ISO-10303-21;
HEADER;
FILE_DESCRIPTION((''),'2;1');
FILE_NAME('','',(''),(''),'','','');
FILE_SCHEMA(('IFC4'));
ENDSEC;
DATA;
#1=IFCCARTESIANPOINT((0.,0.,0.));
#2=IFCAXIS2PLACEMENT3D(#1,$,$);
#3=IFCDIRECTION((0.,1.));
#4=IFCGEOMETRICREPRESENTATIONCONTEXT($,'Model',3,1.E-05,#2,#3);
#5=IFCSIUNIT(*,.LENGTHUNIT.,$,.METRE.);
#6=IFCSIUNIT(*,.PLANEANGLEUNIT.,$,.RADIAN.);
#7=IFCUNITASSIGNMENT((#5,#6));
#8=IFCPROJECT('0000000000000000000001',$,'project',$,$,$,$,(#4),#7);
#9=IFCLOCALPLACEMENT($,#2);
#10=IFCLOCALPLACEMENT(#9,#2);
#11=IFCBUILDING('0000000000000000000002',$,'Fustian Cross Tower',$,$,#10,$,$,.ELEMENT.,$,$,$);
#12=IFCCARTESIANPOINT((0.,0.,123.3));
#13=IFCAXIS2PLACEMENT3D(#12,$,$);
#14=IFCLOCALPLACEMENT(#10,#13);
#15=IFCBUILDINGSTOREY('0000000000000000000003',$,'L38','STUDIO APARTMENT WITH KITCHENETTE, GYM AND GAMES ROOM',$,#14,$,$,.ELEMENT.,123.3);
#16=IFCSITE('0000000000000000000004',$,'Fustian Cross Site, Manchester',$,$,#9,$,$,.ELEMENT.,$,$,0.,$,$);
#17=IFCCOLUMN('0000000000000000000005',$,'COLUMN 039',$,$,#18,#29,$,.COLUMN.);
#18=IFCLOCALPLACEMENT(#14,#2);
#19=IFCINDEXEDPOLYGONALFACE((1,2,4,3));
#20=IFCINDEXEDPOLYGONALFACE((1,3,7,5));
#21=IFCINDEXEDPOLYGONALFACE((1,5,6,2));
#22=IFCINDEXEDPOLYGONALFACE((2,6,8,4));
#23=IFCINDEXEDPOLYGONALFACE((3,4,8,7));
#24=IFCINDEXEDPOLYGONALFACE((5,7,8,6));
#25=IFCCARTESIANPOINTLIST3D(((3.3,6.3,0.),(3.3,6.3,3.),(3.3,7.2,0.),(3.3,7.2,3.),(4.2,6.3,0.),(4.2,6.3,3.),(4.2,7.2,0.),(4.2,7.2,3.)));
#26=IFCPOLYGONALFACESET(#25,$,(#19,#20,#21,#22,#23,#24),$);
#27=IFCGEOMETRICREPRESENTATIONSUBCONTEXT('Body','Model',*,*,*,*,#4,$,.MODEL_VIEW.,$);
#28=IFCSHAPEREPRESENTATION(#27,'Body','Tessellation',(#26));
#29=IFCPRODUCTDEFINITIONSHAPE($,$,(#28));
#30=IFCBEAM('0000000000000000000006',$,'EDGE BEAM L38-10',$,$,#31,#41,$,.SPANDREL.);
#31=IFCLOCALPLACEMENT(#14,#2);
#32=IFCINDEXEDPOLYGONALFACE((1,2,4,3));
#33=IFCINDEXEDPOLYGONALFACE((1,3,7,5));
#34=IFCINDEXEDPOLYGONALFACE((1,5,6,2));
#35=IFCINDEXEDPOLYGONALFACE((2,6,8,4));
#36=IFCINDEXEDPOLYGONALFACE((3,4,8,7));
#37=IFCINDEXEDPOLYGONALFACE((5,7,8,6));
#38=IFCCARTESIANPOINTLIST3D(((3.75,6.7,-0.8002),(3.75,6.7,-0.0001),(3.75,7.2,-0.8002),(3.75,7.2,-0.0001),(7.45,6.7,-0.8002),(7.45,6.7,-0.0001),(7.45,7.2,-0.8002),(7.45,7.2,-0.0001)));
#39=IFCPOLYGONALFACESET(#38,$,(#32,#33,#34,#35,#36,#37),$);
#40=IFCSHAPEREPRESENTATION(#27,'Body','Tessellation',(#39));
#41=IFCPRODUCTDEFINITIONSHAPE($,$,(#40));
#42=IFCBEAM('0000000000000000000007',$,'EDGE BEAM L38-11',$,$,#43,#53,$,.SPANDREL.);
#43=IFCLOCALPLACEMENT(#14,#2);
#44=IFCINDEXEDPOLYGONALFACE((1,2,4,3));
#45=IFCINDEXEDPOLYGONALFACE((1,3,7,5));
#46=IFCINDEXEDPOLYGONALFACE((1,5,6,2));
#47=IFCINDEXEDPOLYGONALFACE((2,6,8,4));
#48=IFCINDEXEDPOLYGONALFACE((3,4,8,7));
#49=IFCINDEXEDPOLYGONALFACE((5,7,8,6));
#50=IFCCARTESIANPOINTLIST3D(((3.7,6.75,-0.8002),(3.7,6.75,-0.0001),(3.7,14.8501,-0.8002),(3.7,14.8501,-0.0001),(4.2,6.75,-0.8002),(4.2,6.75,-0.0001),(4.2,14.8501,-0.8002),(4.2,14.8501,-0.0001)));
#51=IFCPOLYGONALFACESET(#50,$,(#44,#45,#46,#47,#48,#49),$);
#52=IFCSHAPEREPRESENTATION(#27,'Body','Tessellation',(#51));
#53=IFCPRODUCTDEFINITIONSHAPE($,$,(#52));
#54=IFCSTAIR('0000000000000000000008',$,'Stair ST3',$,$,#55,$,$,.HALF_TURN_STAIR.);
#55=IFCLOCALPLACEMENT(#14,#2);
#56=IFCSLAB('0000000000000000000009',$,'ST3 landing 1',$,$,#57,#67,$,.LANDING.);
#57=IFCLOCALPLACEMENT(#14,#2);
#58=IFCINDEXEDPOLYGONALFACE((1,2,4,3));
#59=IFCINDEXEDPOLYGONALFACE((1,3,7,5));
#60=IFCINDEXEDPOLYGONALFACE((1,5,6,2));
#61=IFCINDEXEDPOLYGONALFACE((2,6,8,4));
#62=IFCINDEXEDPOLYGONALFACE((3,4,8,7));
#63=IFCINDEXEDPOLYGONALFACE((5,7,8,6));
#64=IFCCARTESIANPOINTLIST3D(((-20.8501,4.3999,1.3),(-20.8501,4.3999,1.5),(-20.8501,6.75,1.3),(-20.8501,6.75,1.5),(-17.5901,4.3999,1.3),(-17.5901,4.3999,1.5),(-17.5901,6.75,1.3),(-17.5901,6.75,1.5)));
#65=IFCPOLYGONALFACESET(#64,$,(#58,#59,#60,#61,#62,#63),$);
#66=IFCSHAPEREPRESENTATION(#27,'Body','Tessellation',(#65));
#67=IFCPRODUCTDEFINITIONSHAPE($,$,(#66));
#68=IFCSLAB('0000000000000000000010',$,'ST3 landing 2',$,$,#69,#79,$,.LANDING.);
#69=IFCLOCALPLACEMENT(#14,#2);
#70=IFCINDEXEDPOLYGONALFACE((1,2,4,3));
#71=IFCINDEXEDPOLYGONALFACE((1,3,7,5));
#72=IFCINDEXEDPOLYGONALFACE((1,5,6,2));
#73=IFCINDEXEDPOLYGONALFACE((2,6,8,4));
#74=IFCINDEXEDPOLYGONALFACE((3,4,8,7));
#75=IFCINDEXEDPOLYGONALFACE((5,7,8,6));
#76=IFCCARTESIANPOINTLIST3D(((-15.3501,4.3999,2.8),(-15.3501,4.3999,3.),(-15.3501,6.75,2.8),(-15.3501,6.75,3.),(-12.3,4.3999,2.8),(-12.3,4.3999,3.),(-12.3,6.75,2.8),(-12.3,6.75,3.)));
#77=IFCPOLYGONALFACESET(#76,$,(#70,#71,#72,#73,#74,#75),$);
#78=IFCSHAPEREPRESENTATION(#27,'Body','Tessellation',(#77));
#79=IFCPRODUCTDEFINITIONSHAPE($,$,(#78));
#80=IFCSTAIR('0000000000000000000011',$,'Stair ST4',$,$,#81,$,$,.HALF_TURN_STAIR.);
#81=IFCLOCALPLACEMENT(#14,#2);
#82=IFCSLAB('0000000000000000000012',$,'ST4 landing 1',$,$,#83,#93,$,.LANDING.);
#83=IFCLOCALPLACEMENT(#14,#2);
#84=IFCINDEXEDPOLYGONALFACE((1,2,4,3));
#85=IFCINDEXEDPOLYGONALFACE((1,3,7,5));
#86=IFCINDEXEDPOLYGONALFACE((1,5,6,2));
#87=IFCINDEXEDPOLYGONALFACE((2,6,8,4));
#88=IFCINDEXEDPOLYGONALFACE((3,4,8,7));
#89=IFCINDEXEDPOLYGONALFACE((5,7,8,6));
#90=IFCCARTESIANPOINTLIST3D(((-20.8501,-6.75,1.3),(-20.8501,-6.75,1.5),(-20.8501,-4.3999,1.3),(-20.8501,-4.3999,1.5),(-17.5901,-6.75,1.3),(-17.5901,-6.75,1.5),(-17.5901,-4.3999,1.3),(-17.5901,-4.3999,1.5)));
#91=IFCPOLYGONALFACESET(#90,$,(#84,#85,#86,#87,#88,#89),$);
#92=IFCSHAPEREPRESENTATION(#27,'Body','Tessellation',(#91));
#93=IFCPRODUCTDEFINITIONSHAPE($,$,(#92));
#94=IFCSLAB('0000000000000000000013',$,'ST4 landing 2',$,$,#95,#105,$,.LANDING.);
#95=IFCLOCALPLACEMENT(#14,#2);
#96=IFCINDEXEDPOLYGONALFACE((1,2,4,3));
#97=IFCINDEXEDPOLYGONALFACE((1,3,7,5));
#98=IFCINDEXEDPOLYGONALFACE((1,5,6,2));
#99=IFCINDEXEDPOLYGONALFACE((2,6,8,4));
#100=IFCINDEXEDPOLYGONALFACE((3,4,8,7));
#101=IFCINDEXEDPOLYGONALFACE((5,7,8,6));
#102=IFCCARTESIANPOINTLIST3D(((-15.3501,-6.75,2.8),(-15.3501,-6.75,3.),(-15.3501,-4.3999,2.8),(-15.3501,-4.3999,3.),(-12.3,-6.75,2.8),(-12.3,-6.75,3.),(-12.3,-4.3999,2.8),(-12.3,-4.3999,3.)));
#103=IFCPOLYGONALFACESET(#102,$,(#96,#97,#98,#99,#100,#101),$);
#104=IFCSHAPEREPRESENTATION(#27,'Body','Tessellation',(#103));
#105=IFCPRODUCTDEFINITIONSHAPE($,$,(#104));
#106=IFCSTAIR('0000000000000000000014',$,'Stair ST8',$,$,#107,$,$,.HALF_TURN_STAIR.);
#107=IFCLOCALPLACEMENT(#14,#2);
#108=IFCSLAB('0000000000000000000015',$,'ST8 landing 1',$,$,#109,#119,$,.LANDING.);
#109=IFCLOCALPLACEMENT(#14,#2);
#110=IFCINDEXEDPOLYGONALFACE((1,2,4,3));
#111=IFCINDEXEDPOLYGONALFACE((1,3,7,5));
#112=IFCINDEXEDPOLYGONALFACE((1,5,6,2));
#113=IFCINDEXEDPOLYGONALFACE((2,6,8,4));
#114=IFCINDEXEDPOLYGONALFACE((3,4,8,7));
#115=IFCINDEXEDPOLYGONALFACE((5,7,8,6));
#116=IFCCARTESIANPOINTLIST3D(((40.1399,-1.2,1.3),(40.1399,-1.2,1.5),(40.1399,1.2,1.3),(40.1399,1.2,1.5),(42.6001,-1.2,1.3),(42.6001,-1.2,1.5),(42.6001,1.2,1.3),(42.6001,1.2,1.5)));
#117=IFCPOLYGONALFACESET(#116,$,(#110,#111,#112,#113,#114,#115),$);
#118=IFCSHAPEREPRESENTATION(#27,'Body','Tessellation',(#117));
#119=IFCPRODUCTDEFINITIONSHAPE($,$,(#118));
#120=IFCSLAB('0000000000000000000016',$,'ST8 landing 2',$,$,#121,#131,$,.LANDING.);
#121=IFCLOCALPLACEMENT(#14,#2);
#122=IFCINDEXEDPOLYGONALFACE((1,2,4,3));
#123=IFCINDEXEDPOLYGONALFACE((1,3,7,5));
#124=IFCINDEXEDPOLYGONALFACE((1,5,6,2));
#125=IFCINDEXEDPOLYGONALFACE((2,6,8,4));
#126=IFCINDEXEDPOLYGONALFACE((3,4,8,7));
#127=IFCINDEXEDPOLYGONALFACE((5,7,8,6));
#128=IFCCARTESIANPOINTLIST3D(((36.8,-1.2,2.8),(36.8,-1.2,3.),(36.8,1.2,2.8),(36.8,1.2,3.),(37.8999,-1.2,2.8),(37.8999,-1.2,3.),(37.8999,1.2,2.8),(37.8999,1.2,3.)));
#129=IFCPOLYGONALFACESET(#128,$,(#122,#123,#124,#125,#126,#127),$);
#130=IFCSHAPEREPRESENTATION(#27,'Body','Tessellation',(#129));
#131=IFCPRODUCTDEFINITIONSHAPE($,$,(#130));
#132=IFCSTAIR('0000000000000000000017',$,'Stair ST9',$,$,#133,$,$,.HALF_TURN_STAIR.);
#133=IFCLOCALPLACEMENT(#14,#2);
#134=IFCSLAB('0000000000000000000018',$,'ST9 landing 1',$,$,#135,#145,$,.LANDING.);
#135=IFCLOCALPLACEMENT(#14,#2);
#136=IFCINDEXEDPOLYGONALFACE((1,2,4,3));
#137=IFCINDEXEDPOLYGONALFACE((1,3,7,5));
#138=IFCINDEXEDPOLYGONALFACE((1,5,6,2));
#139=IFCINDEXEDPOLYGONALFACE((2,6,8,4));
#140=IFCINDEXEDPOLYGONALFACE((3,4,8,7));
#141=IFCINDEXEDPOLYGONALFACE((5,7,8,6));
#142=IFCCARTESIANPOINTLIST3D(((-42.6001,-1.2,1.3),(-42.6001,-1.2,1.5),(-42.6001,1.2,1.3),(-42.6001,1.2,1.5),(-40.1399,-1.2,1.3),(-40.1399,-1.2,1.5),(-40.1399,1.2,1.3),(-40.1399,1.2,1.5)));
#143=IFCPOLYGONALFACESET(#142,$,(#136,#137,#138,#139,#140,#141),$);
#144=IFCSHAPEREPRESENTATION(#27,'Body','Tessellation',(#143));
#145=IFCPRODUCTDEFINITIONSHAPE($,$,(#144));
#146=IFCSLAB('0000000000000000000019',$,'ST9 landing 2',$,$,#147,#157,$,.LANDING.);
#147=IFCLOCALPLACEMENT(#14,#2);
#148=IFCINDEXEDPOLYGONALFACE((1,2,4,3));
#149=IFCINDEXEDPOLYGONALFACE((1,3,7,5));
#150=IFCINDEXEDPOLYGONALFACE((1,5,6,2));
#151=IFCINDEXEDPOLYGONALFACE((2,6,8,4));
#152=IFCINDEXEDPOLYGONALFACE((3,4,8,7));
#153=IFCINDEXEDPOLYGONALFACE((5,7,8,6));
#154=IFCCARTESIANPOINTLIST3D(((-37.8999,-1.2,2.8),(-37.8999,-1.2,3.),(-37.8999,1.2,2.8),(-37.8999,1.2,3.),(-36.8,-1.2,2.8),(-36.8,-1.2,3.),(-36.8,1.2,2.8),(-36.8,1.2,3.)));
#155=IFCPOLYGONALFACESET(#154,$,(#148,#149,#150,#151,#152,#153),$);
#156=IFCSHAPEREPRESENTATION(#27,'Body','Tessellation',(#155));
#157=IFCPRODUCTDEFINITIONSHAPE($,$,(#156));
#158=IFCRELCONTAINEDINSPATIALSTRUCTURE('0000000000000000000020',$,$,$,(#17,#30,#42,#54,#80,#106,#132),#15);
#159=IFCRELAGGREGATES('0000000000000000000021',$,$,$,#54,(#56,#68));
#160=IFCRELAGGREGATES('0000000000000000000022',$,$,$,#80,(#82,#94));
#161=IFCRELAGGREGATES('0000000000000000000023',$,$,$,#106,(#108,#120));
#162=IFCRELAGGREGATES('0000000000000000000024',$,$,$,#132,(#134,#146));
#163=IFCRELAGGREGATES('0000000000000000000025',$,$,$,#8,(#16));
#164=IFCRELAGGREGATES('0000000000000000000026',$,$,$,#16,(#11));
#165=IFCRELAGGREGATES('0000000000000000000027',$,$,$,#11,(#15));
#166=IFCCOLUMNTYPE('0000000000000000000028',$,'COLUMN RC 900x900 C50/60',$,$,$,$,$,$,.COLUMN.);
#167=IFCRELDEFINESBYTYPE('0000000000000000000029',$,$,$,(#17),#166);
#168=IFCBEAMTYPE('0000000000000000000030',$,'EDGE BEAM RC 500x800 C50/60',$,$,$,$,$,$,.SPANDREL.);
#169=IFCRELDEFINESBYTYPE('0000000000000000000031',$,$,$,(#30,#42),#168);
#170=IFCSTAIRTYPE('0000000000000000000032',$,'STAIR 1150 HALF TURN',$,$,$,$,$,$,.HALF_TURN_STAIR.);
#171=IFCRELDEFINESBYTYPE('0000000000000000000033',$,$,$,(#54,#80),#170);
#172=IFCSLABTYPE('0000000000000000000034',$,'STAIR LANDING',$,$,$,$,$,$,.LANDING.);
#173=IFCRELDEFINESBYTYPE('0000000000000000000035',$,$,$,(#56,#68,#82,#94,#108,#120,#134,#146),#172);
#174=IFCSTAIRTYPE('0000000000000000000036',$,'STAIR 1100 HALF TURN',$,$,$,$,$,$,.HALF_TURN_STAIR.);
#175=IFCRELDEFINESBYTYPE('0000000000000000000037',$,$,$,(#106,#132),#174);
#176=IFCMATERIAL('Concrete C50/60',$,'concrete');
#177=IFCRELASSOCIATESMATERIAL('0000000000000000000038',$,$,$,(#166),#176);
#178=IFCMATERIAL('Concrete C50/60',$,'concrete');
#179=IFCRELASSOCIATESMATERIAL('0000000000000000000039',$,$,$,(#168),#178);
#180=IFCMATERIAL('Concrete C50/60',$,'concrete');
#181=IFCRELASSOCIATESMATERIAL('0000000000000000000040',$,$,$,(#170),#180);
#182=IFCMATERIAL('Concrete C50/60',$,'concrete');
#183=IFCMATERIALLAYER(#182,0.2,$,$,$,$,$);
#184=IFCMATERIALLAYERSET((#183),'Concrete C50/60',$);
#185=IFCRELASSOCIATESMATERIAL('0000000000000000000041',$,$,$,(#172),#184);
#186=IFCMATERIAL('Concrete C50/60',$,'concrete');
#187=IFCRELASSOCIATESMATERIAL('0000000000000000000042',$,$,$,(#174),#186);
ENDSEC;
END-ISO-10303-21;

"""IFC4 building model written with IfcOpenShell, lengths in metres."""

from ifc_helpers import new_model, si_unit, direction, frame, origin, origin_2d, place, context, subcontext, project, spatial, polyline, rectangle, outline, extrude, material, layer, layer_set, material_profile, profile_set, type_object, element, aggregate, save


model = new_model("IFC4")

# Units and contexts
model_context = context("Model", 3, precision=1e-05, world=origin(), true_north=direction((0.0, 1.0)))
body_context = subcontext(model_context, "Body", "Model", "MODEL_VIEW")
ifc_project = project(units=[si_unit("LENGTHUNIT", "METRE"), si_unit("PLANEANGLEUNIT", "RADIAN")], contexts=[model_context])

# Site, building, storey
site_placement = place(None, origin())
site = spatial("IfcSite", under=ifc_project, at=site_placement, Name="Fustian Cross Site, Manchester", CompositionType="ELEMENT", RefElevation=0.0)
building_placement = place(site_placement, origin())
building = spatial("IfcBuilding", under=site, at=building_placement, Name="Fustian Cross Tower", CompositionType="ELEMENT")
storey_placement = place(building_placement, frame((0.0, 0.0, 123.3)))
storey = spatial("IfcBuildingStorey", under=building, at=storey_placement, Name="L38", Description="STUDIO APARTMENT WITH KITCHENETTE, GYM AND GAMES ROOM", CompositionType="ELEMENT", Elevation=123.3)

# Column
ifc_material_1 = material(Name="Concrete C50/60", Category="concrete")
ifc_material_profile_1 = material_profile(ifc_material_1, rectangle(XDim=0.8999, YDim=0.8999, at=origin_2d()), Name="RC 900x900")
ifc_profile_set_1 = profile_set([ifc_material_profile_1], Name="Concrete C50/60")
column_type = type_object("IfcColumnType", Name="COLUMN RC 900x900 C50/60", PredefinedType="COLUMN", material=ifc_profile_set_1)
column_placement = place(storey_placement, frame((3.75, 6.75, 0.0), z_axis=(0.0, 0.0, 1.0), x_axis=(1.0, 0.0, 0.0)))
element("IfcColumn", 1, at=column_placement, inside=storey, type_object=column_type, Name="COLUMN 039", PredefinedType="COLUMN", context=body_context, shape_type="SweptSolid", body=[
    extrude(rectangle(XDim=0.8999, YDim=0.8999, at=origin_2d()), origin(), (0.0, 0.0, 1.0), 3.0),
])

# Beams
ifc_material_2 = material(Name="Concrete C50/60", Category="concrete")
ifc_material_profile_2 = material_profile(ifc_material_2, rectangle(XDim=0.5, YDim=0.8, at=origin_2d()), Name="RC 500x800")
ifc_profile_set_2 = profile_set([ifc_material_profile_2], Name="Concrete C50/60")
beam_type = type_object("IfcBeamType", Name="EDGE BEAM RC 500x800 C50/60", PredefinedType="SPANDREL", material=ifc_profile_set_2)
beam_1_placement = place(storey_placement, frame((7.45, 6.95, -0.4001), z_axis=(-1.0, 0.0, 0.0), x_axis=(0.0, -1.0, 0.0)))
element("IfcBeam", 2, at=beam_1_placement, inside=storey, type_object=beam_type, Name="EDGE BEAM L38-10", PredefinedType="SPANDREL", context=body_context, shape_type="SweptSolid", body=[
    extrude(rectangle(XDim=0.5, YDim=0.8, at=origin_2d()), origin(), (0.0, 0.0, 1.0), 3.7),
])
beam_2_placement = place(storey_placement, frame((3.95, 6.75, -0.4001), z_axis=(0.0, 1.0, 0.0), x_axis=(-1.0, 0.0, 0.0)))
element("IfcBeam", 3, at=beam_2_placement, inside=storey, type_object=beam_type, Name="EDGE BEAM L38-11", PredefinedType="SPANDREL", context=body_context, shape_type="SweptSolid", body=[
    extrude(rectangle(XDim=0.5, YDim=0.8, at=origin_2d()), origin(), (0.0, 0.0, 1.0), 8.1001),
])

# Stairs, slabs
ifc_material_3 = material(Name="Concrete C50/60", Category="concrete")
stair_type_1 = type_object("IfcStairType", Name="STAIR 1150 HALF TURN", PredefinedType="HALF_TURN_STAIR", material=ifc_material_3)
stair_1_placement = place(storey_placement, origin())
stair_1 = element("IfcStair", 4, at=stair_1_placement, inside=storey, type_object=stair_type_1, Name="Stair ST3", PredefinedType="HALF_TURN_STAIR")
ifc_material_4 = material(Name="Concrete C50/60", Category="concrete")
ifc_layer_1 = layer(ifc_material_4, 0.2)
ifc_layer_set_1 = layer_set([ifc_layer_1], Name="Concrete C50/60")
slab_type = type_object("IfcSlabType", Name="STAIR LANDING", PredefinedType="LANDING", material=ifc_layer_set_1)
slab_1_placement = place(storey_placement, frame((0.0, 0.0, 1.3)))
slab_1 = element("IfcSlab", 5, at=slab_1_placement, type_object=slab_type, Name="ST3 landing 1", PredefinedType="LANDING", context=body_context, shape_type="SweptSolid", body=[
    extrude(outline(polyline([(-17.5901, 4.3999), (-20.8501, 4.3999), (-20.8501, 6.75), (-17.5901, 6.75), (-17.5901, 4.3999)])), origin(), (0.0, 0.0, 1.0), 0.2),
])
slab_2_placement = place(storey_placement, frame((0.0, 0.0, 2.8)))
slab_2 = element("IfcSlab", 6, at=slab_2_placement, type_object=slab_type, Name="ST3 landing 2", PredefinedType="LANDING", context=body_context, shape_type="SweptSolid", body=[
    extrude(outline(polyline([(-12.3, 4.3999), (-15.3501, 4.3999), (-15.3501, 6.75), (-12.3, 6.75), (-12.3, 4.3999)])), origin(), (0.0, 0.0, 1.0), 0.2),
])
aggregate(stair_1, [slab_1, slab_2])
stair_2_placement = place(storey_placement, origin())
stair_2 = element("IfcStair", 7, at=stair_2_placement, inside=storey, type_object=stair_type_1, Name="Stair ST4", PredefinedType="HALF_TURN_STAIR")
slab_3_placement = place(storey_placement, frame((0.0, 0.0, 1.3)))
slab_3 = element("IfcSlab", 8, at=slab_3_placement, type_object=slab_type, Name="ST4 landing 1", PredefinedType="LANDING", context=body_context, shape_type="SweptSolid", body=[
    extrude(outline(polyline([(-17.5901, -4.3999), (-20.8501, -4.3999), (-20.8501, -6.75), (-17.5901, -6.75), (-17.5901, -4.3999)])), origin(), (0.0, 0.0, 1.0), 0.2),
])
slab_4_placement = place(storey_placement, frame((0.0, 0.0, 2.8)))
slab_4 = element("IfcSlab", 9, at=slab_4_placement, type_object=slab_type, Name="ST4 landing 2", PredefinedType="LANDING", context=body_context, shape_type="SweptSolid", body=[
    extrude(outline(polyline([(-12.3, -4.3999), (-15.3501, -4.3999), (-15.3501, -6.75), (-12.3, -6.75), (-12.3, -4.3999)])), origin(), (0.0, 0.0, 1.0), 0.2),
])
aggregate(stair_2, [slab_3, slab_4])
ifc_material_5 = material(Name="Concrete C50/60", Category="concrete")
stair_type_2 = type_object("IfcStairType", Name="STAIR 1100 HALF TURN", PredefinedType="HALF_TURN_STAIR", material=ifc_material_5)
stair_3_placement = place(storey_placement, origin())
stair_3 = element("IfcStair", 10, at=stair_3_placement, inside=storey, type_object=stair_type_2, Name="Stair ST8", PredefinedType="HALF_TURN_STAIR")
slab_5_placement = place(storey_placement, frame((0.0, 0.0, 1.3)))
slab_5 = element("IfcSlab", 11, at=slab_5_placement, type_object=slab_type, Name="ST8 landing 1", PredefinedType="LANDING", context=body_context, shape_type="SweptSolid", body=[
    extrude(outline(polyline([(40.1399, -1.2), (42.6001, -1.2), (42.6001, 1.2), (40.1399, 1.2), (40.1399, -1.2)])), origin(), (0.0, 0.0, 1.0), 0.2),
])
slab_6_placement = place(storey_placement, frame((0.0, 0.0, 2.8)))
slab_6 = element("IfcSlab", 12, at=slab_6_placement, type_object=slab_type, Name="ST8 landing 2", PredefinedType="LANDING", context=body_context, shape_type="SweptSolid", body=[
    extrude(outline(polyline([(36.8, -1.2), (37.8999, -1.2), (37.8999, 1.2), (36.8, 1.2), (36.8, -1.2)])), origin(), (0.0, 0.0, 1.0), 0.2),
])
aggregate(stair_3, [slab_5, slab_6])
stair_4_placement = place(storey_placement, origin())
stair_4 = element("IfcStair", 13, at=stair_4_placement, inside=storey, type_object=stair_type_2, Name="Stair ST9", PredefinedType="HALF_TURN_STAIR")
slab_7_placement = place(storey_placement, frame((0.0, 0.0, 1.3)))
slab_7 = element("IfcSlab", 14, at=slab_7_placement, type_object=slab_type, Name="ST9 landing 1", PredefinedType="LANDING", context=body_context, shape_type="SweptSolid", body=[
    extrude(outline(polyline([(-40.1399, -1.2), (-42.6001, -1.2), (-42.6001, 1.2), (-40.1399, 1.2), (-40.1399, -1.2)])), origin(), (0.0, 0.0, 1.0), 0.2),
])
slab_8_placement = place(storey_placement, frame((0.0, 0.0, 2.8)))
slab_8 = element("IfcSlab", 15, at=slab_8_placement, type_object=slab_type, Name="ST9 landing 2", PredefinedType="LANDING", context=body_context, shape_type="SweptSolid", body=[
    extrude(outline(polyline([(-36.8, -1.2), (-37.8999, -1.2), (-37.8999, 1.2), (-36.8, 1.2), (-36.8, -1.2)])), origin(), (0.0, 0.0, 1.0), 0.2),
])
aggregate(stair_4, [slab_7, slab_8])

save(model, "model.ifc")
